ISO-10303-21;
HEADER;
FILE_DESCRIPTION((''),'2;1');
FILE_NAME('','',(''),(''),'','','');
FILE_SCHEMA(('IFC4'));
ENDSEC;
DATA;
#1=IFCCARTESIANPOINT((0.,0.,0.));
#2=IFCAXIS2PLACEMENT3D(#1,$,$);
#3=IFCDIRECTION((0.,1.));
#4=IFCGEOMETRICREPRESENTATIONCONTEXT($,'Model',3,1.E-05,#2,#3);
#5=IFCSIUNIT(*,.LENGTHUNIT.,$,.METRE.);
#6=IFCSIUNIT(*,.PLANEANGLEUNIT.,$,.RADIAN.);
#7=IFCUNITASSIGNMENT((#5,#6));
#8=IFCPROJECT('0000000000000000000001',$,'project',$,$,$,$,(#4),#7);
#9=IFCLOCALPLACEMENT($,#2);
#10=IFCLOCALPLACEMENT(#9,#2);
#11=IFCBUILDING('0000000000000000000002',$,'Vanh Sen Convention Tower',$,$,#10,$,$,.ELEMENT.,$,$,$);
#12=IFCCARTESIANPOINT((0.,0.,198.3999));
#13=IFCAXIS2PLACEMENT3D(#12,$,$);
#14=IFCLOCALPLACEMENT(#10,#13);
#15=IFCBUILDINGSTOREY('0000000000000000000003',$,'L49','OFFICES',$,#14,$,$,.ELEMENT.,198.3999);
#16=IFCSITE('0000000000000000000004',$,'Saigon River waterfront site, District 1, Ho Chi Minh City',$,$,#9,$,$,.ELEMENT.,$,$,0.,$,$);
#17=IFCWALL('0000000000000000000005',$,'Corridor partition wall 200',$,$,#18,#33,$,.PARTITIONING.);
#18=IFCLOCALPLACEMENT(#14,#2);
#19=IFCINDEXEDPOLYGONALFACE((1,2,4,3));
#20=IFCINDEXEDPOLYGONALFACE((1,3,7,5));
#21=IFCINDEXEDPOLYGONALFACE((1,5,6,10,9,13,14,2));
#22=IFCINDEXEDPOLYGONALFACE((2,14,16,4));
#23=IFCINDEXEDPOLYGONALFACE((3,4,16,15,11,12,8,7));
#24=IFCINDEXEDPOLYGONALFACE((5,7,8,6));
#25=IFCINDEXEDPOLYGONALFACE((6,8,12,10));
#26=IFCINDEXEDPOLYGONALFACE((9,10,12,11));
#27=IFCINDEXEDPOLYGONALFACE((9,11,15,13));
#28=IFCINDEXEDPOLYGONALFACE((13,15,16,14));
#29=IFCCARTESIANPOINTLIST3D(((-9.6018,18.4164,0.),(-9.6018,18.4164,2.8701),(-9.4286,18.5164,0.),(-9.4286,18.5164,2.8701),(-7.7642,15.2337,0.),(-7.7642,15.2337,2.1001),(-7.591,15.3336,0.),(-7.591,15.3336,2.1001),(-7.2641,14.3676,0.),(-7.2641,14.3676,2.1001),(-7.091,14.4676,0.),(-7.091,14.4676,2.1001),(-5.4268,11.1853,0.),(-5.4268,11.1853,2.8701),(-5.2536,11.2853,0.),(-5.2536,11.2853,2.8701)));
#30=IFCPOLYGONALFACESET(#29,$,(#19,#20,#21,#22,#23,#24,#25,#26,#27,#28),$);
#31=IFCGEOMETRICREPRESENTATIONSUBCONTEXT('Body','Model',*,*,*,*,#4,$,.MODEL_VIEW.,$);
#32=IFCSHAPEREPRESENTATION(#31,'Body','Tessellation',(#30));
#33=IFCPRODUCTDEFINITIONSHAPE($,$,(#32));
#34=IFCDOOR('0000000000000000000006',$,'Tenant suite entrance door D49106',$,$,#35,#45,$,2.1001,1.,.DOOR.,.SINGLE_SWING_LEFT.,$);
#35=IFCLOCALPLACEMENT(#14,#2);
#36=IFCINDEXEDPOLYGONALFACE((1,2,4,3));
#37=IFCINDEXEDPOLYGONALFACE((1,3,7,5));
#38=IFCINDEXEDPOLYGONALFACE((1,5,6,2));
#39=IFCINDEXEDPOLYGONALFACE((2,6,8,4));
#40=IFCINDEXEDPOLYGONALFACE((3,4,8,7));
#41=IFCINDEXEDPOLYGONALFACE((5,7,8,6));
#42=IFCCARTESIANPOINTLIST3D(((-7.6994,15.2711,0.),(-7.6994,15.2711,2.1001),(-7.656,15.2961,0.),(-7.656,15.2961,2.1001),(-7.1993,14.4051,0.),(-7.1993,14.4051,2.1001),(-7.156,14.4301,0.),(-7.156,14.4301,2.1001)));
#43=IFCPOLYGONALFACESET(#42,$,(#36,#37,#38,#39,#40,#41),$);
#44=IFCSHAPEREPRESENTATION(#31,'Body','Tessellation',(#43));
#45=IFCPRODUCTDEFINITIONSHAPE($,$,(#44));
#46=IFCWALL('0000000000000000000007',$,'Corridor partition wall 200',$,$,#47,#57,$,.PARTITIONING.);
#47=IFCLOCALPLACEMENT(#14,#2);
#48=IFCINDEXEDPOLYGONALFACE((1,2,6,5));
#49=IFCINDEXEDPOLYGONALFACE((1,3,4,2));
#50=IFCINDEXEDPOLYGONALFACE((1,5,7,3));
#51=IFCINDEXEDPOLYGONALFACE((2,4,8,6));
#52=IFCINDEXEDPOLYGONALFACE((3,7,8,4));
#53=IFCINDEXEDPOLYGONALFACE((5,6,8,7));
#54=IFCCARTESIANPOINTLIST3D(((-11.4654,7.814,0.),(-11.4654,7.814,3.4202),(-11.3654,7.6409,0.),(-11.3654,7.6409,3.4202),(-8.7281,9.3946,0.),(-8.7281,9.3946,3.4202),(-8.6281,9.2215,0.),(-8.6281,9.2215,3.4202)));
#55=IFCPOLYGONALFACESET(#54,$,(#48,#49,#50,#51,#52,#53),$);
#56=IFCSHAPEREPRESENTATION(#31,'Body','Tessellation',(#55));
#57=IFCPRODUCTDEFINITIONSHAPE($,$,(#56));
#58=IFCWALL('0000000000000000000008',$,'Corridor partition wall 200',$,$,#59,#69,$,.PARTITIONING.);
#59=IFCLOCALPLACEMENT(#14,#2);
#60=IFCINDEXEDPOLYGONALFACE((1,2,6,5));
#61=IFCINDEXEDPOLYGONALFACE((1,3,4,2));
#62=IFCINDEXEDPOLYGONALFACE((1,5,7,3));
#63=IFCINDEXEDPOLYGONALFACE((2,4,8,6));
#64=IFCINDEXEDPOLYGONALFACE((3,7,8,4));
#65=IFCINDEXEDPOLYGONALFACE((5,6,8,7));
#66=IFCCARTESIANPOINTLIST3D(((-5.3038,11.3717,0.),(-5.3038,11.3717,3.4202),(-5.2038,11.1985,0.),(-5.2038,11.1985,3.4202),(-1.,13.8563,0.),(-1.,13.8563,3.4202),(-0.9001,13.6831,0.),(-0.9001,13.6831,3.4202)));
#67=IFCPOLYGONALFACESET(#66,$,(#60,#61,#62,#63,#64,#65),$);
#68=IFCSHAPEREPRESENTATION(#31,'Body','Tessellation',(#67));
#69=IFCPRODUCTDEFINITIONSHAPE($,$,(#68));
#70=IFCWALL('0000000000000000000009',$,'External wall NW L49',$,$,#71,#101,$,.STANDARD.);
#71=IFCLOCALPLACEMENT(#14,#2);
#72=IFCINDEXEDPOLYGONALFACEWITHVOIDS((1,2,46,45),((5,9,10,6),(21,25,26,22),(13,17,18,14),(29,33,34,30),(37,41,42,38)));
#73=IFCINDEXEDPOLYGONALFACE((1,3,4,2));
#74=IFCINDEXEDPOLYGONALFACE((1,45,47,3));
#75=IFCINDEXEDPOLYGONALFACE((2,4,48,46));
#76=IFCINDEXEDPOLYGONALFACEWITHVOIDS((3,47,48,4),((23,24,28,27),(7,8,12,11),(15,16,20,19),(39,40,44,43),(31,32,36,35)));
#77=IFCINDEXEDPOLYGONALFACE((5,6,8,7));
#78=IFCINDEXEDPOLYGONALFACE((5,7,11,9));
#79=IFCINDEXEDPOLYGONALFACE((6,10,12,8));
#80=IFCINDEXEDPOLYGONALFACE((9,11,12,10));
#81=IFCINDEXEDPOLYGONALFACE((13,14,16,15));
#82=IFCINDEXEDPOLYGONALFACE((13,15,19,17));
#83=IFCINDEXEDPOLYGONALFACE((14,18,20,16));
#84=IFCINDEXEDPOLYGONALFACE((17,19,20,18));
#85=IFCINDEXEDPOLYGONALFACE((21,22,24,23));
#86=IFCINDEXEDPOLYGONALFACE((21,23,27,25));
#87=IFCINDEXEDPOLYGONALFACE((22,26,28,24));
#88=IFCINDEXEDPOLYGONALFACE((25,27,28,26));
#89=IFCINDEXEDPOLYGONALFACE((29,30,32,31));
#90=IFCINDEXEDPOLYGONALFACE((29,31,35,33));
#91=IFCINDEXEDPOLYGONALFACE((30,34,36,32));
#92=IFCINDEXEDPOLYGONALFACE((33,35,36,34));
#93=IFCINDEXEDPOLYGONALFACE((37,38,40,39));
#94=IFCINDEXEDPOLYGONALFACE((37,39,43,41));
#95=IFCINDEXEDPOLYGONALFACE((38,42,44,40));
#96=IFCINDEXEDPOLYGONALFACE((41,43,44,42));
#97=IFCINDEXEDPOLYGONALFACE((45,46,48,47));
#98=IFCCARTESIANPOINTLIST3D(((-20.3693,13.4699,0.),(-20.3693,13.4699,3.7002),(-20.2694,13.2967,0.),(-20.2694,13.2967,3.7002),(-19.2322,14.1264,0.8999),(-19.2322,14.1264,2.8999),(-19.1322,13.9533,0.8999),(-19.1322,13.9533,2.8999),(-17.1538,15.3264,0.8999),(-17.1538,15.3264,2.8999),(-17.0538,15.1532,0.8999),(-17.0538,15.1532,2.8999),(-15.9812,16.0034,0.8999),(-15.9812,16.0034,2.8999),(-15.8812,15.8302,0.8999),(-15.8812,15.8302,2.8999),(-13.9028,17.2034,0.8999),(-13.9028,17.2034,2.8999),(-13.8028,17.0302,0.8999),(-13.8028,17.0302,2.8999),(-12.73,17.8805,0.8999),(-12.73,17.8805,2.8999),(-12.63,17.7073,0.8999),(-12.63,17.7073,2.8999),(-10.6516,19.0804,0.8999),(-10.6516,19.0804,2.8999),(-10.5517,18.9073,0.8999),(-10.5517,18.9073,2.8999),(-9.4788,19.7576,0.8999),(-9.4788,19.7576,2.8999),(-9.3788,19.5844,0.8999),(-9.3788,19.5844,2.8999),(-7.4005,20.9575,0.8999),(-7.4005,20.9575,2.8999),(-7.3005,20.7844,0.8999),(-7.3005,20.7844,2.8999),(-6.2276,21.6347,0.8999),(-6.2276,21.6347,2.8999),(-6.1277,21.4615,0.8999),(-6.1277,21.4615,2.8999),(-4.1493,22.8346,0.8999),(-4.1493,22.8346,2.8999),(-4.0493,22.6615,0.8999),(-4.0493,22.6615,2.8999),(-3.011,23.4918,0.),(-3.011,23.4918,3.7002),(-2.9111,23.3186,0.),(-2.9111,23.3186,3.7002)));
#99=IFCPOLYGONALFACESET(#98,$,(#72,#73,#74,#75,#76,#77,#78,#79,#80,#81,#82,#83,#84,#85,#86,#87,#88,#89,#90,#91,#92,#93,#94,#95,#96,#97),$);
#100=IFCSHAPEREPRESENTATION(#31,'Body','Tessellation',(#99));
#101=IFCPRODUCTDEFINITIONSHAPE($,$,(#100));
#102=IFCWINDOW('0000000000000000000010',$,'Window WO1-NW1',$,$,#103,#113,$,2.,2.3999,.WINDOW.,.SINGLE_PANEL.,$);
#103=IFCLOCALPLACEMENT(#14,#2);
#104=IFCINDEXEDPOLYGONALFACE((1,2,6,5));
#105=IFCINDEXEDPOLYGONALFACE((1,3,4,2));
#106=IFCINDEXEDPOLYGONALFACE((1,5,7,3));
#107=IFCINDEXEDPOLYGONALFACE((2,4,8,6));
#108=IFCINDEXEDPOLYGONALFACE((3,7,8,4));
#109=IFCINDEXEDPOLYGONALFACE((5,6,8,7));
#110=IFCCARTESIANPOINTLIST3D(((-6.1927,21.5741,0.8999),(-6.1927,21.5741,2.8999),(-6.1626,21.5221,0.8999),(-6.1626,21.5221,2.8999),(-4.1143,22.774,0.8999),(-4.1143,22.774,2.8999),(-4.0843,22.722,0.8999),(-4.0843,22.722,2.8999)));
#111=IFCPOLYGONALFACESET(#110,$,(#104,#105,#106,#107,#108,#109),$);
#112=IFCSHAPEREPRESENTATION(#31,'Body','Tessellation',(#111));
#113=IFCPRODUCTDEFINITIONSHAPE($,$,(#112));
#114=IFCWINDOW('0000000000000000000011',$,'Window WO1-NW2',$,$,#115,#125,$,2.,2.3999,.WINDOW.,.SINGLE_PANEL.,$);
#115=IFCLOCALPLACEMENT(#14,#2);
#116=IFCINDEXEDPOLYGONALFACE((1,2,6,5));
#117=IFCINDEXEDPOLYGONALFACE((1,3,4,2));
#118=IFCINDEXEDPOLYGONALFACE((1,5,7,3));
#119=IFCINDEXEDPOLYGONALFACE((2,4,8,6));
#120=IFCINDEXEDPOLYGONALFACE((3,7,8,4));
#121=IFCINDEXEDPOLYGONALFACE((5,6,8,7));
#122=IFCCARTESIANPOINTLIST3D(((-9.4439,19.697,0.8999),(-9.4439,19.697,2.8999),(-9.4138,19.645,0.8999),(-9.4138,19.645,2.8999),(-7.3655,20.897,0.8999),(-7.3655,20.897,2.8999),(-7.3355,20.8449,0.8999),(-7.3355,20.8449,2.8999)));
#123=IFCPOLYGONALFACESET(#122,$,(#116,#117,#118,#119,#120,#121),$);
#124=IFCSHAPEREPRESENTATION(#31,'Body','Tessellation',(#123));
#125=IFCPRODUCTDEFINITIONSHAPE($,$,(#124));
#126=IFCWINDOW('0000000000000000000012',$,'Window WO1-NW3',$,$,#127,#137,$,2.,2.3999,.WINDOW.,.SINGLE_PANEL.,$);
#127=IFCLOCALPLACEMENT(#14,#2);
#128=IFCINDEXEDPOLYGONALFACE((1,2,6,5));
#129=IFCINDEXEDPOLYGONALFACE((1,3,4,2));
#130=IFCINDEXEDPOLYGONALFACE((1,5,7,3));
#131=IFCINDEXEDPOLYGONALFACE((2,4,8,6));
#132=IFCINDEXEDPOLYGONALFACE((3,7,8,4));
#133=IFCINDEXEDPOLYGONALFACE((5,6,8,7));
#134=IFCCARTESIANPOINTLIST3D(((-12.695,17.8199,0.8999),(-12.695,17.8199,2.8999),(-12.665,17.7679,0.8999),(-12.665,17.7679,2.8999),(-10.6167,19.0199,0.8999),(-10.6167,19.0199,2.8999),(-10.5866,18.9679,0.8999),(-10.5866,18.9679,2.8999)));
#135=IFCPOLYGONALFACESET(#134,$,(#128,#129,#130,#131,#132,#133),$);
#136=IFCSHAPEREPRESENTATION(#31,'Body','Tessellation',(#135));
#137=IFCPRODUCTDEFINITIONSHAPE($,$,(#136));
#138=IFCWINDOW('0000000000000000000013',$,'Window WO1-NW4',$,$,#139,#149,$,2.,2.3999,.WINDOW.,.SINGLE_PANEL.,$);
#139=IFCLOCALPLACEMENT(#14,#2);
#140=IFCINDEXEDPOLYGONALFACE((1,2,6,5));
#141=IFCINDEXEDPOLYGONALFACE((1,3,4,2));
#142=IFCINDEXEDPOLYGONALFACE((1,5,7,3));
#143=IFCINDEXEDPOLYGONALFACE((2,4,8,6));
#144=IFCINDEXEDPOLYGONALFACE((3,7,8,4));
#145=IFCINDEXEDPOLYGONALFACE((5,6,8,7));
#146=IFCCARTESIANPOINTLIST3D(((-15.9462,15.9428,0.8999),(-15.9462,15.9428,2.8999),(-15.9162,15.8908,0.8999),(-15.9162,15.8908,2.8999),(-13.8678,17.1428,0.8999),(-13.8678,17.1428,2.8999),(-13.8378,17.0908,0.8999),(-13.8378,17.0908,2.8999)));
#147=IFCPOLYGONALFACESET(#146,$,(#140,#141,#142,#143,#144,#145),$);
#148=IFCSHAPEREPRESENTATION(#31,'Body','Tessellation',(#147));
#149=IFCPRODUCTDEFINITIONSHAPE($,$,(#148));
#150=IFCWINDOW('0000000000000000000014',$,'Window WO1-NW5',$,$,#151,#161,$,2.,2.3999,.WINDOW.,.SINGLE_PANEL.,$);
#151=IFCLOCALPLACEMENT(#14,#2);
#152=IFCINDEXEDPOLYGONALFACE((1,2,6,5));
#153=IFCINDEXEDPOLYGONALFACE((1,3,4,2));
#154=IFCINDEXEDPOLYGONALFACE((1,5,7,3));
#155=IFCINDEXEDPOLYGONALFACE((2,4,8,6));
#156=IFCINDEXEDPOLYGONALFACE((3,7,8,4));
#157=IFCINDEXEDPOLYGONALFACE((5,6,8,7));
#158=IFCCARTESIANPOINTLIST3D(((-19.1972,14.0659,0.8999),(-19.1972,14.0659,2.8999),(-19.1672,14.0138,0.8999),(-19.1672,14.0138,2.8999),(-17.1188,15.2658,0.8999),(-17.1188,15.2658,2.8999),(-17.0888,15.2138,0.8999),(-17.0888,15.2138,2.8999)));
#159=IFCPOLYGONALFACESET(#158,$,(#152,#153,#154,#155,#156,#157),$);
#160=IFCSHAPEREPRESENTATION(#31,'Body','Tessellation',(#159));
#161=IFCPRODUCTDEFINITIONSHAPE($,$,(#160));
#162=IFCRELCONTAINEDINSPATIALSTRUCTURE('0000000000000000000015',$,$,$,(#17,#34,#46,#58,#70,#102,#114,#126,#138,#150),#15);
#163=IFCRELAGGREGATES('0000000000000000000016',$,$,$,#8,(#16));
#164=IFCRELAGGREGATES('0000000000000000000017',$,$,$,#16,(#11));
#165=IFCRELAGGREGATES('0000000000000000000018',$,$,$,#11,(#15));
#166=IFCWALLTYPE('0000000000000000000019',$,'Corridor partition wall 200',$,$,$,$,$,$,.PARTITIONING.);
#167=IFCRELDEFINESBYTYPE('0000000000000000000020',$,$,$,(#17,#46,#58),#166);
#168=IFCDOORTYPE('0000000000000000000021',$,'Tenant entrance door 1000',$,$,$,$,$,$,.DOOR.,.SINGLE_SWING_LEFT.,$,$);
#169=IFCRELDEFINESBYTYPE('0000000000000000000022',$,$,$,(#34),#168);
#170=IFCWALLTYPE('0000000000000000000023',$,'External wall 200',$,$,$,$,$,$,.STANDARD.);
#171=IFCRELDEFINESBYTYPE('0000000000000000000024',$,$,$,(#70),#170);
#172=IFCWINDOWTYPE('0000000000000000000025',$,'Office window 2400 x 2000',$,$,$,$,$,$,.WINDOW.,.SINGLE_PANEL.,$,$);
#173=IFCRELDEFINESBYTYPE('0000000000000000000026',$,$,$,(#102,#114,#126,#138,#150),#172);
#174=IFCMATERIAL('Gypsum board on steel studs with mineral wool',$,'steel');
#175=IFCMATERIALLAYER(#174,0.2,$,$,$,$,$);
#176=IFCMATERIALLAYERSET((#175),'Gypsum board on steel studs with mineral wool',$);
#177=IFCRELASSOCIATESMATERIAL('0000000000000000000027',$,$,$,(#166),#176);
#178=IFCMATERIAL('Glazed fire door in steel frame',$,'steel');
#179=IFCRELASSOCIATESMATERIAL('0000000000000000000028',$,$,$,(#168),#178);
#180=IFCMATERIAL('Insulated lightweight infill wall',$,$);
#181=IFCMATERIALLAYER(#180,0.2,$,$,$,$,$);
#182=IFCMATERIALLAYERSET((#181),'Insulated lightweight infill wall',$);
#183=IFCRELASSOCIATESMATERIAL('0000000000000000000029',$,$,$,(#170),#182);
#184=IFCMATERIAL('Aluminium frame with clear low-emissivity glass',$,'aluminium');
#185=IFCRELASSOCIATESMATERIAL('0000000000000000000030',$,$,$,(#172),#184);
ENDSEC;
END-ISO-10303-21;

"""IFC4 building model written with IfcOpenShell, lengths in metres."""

from ifc_helpers import new_model, si_unit, direction, frame, frame_2d, origin, place, context, subcontext, project, spatial, rectangle, extrude, material, layer, layer_set, type_object, element, fill, save


model = new_model("IFC4")

# Units and contexts
model_context = context("Model", 3, precision=1e-05, world=origin(), true_north=direction((0.0, 1.0)))
body_context = subcontext(model_context, "Body", "Model", "MODEL_VIEW")
ifc_project = project(units=[si_unit("LENGTHUNIT", "METRE"), si_unit("PLANEANGLEUNIT", "RADIAN")], contexts=[model_context])

# Site, building, storey
site_placement = place(None, origin())
site = spatial("IfcSite", under=ifc_project, at=site_placement, Name="Saigon River waterfront site, District 1, Ho Chi Minh City", CompositionType="ELEMENT", RefElevation=0.0)
building_placement = place(site_placement, origin())
building = spatial("IfcBuilding", under=site, at=building_placement, Name="Vanh Sen Convention Tower", CompositionType="ELEMENT")
storey_placement = place(building_placement, frame((0.0, 0.0, 198.3999)))
storey = spatial("IfcBuildingStorey", under=building, at=storey_placement, Name="L49", Description="OFFICES", CompositionType="ELEMENT", Elevation=198.3999)

# Wall, opening, door
ifc_material_1 = material(Name="Gypsum board on steel studs with mineral wool", Category="steel")
ifc_layer_1 = layer(ifc_material_1, 0.2)
ifc_layer_set_1 = layer_set([ifc_layer_1], Name="Gypsum board on steel studs with mineral wool")
wall_type_1 = type_object("IfcWallType", Name="Corridor partition wall 200", PredefinedType="PARTITIONING", material=ifc_layer_set_1)
wall_1_placement = place(storey_placement, frame((-9.5151, 18.4663, 0.0), z_axis=(0.0, 0.0, 1.0), x_axis=(0.50001, -0.86602, 0.0)))
wall_1 = element("IfcWall", 1, at=wall_1_placement, inside=storey, type_object=wall_type_1, Name="Corridor partition wall 200", PredefinedType="PARTITIONING", context=body_context, shape_type="SweptSolid", body=[
    extrude(rectangle(XDim=8.3499, YDim=0.2, at=frame_2d((4.1748, 0.0))), origin(), (0.0, 0.0, 1.0), 2.8701),
])
opening_1_placement = place(wall_1_placement, frame((3.675, 0.0, 0.0)))
opening_1 = element("IfcOpeningElement", 2, at=opening_1_placement, cuts=wall_1, PredefinedType="OPENING", context=body_context, shape_type="SweptSolid", body=[
    extrude(rectangle(XDim=1.0, YDim=2.1001, at=frame_2d((0.5, 1.05))), frame((0.0, 0.1099, 0.0), z_axis=(0.0, -1.0, 0.0), x_axis=(1.0, 0.0, 0.0)), (0.0, 0.0, 1.0), 0.22),
])
ifc_material_2 = material(Name="Glazed fire door in steel frame", Category="steel")
door_type = type_object("IfcDoorType", Name="Tenant entrance door 1000", OperationType="SINGLE_SWING_LEFT", PredefinedType="DOOR", material=ifc_material_2)
door_placement = place(opening_1_placement, origin())
door = element("IfcDoor", 3, at=door_placement, inside=storey, type_object=door_type, Name="Tenant suite entrance door D49106", OperationType="SINGLE_SWING_LEFT", OverallHeight=2.1001, OverallWidth=1.0, PredefinedType="DOOR", context=body_context, shape_type="SweptSolid", body=[
    extrude(rectangle(XDim=1.0, YDim=2.1001, at=frame_2d((0.5, 1.05))), frame((0.0, 0.0249, 0.0), z_axis=(0.0, -1.0, 0.0), x_axis=(1.0, 0.0, 0.0)), (0.0, 0.0, 1.0), 0.05),
])
fill(opening_1, door)

# Walls
wall_2_placement = place(storey_placement, frame((-8.678, 9.3081, 0.0), z_axis=(0.0, 0.0, 1.0), x_axis=(-0.866, -0.500043, 0.0)))
element("IfcWall", 4, at=wall_2_placement, inside=storey, type_object=wall_type_1, Name="Corridor partition wall 200", PredefinedType="PARTITIONING", context=body_context, shape_type="SweptSolid", body=[
    extrude(rectangle(XDim=3.1609, YDim=0.2, at=frame_2d((1.5806, 0.0))), origin(), (0.0, 0.0, 1.0), 3.4202),
])
wall_3_placement = place(storey_placement, frame((-0.95, 13.7698, 0.0), z_axis=(0.0, 0.0, 1.0), x_axis=(-0.866037, -0.49998, 0.0)))
element("IfcWall", 5, at=wall_3_placement, inside=storey, type_object=wall_type_1, Name="Corridor partition wall 200", PredefinedType="PARTITIONING", context=body_context, shape_type="SweptSolid", body=[
    extrude(rectangle(XDim=4.9695, YDim=0.2, at=frame_2d((2.4849, 0.0))), origin(), (0.0, 0.0, 1.0), 3.4202),
])

# Wall, openings, windows
ifc_material_3 = material(Name="Insulated lightweight infill wall")
ifc_layer_2 = layer(ifc_material_3, 0.2)
ifc_layer_set_2 = layer_set([ifc_layer_2], Name="Insulated lightweight infill wall")
wall_type_2 = type_object("IfcWallType", Name="External wall 200", PredefinedType="STANDARD", material=ifc_layer_set_2)
wall_4_placement = place(storey_placement, frame((-2.9609, 23.4053, 0.0), z_axis=(0.0, 0.0, 1.0), x_axis=(-0.866023, -0.500004, 0.0)))
wall_4 = element("IfcWall", 6, at=wall_4_placement, inside=storey, type_object=wall_type_2, Name="External wall NW L49", PredefinedType="STANDARD", context=body_context, shape_type="SweptSolid", body=[
    extrude(rectangle(XDim=20.0437, YDim=0.2, at=frame_2d((10.022, 0.0))), origin(), (0.0, 0.0, 1.0), 3.7002),
])
opening_2_placement = place(wall_4_placement, frame((1.3145, 0.0, 0.8999)))
opening_2 = element("IfcOpeningElement", 7, at=opening_2_placement, cuts=wall_4, PredefinedType="OPENING", context=body_context, shape_type="SweptSolid", body=[
    extrude(rectangle(XDim=2.3999, YDim=2.0, at=frame_2d((1.2, 1.0))), frame((0.0, 0.1099, 0.0), z_axis=(0.0, -1.0, 0.0), x_axis=(1.0, 0.0, 0.0)), (0.0, 0.0, 1.0), 0.22),
])
opening_3_placement = place(wall_4_placement, frame((5.0686, 0.0, 0.8999)))
opening_3 = element("IfcOpeningElement", 8, at=opening_3_placement, cuts=wall_4, PredefinedType="OPENING", context=body_context, shape_type="SweptSolid", body=[
    extrude(rectangle(XDim=2.3999, YDim=2.0, at=frame_2d((1.2, 1.0))), frame((0.0, 0.1099, 0.0), z_axis=(0.0, -1.0, 0.0), x_axis=(1.0, 0.0, 0.0)), (0.0, 0.0, 1.0), 0.22),
])
opening_4_placement = place(wall_4_placement, frame((8.8228, 0.0, 0.8999)))
opening_4 = element("IfcOpeningElement", 9, at=opening_4_placement, cuts=wall_4, PredefinedType="OPENING", context=body_context, shape_type="SweptSolid", body=[
    extrude(rectangle(XDim=2.3999, YDim=2.0, at=frame_2d((1.2, 1.0))), frame((0.0, 0.1099, 0.0), z_axis=(0.0, -1.0, 0.0), x_axis=(1.0, 0.0, 0.0)), (0.0, 0.0, 1.0), 0.22),
])
opening_5_placement = place(wall_4_placement, frame((12.5769, 0.0, 0.8999)))
opening_5 = element("IfcOpeningElement", 10, at=opening_5_placement, cuts=wall_4, PredefinedType="OPENING", context=body_context, shape_type="SweptSolid", body=[
    extrude(rectangle(XDim=2.3999, YDim=2.0, at=frame_2d((1.2, 1.0))), frame((0.0, 0.1099, 0.0), z_axis=(0.0, -1.0, 0.0), x_axis=(1.0, 0.0, 0.0)), (0.0, 0.0, 1.0), 0.22),
])
opening_6_placement = place(wall_4_placement, frame((16.3308, 0.0, 0.8999)))
opening_6 = element("IfcOpeningElement", 11, at=opening_6_placement, cuts=wall_4, PredefinedType="OPENING", context=body_context, shape_type="SweptSolid", body=[
    extrude(rectangle(XDim=2.3999, YDim=2.0, at=frame_2d((1.2, 1.0))), frame((0.0, 0.1099, 0.0), z_axis=(0.0, -1.0, 0.0), x_axis=(1.0, 0.0, 0.0)), (0.0, 0.0, 1.0), 0.22),
])
ifc_material_4 = material(Name="Aluminium frame with clear low-emissivity glass", Category="aluminium")
window_type = type_object("IfcWindowType", Name="Office window 2400 x 2000", PartitioningType="SINGLE_PANEL", PredefinedType="WINDOW", material=ifc_material_4)
window_1_placement = place(opening_2_placement, origin())
window_1 = element("IfcWindow", 12, at=window_1_placement, inside=storey, type_object=window_type, Name="Window WO1-NW1", OverallHeight=2.0, OverallWidth=2.3999, PartitioningType="SINGLE_PANEL", PredefinedType="WINDOW", context=body_context, shape_type="SweptSolid", body=[
    extrude(rectangle(XDim=2.3999, YDim=2.0, at=frame_2d((1.2, 1.0))), frame((0.0, 0.03, 0.0), z_axis=(0.0, -1.0, 0.0), x_axis=(1.0, 0.0, 0.0)), (0.0, 0.0, 1.0), 0.0601),
])
fill(opening_2, window_1)
window_2_placement = place(opening_3_placement, origin())
window_2 = element("IfcWindow", 13, at=window_2_placement, inside=storey, type_object=window_type, Name="Window WO1-NW2", OverallHeight=2.0, OverallWidth=2.3999, PartitioningType="SINGLE_PANEL", PredefinedType="WINDOW", context=body_context, shape_type="SweptSolid", body=[
    extrude(rectangle(XDim=2.3999, YDim=2.0, at=frame_2d((1.2, 1.0))), frame((0.0, 0.03, 0.0), z_axis=(0.0, -1.0, 0.0), x_axis=(1.0, 0.0, 0.0)), (0.0, 0.0, 1.0), 0.0601),
])
fill(opening_3, window_2)
window_3_placement = place(opening_4_placement, origin())
window_3 = element("IfcWindow", 14, at=window_3_placement, inside=storey, type_object=window_type, Name="Window WO1-NW3", OverallHeight=2.0, OverallWidth=2.3999, PartitioningType="SINGLE_PANEL", PredefinedType="WINDOW", context=body_context, shape_type="SweptSolid", body=[
    extrude(rectangle(XDim=2.3999, YDim=2.0, at=frame_2d((1.2, 1.0))), frame((0.0, 0.03, 0.0), z_axis=(0.0, -1.0, 0.0), x_axis=(1.0, 0.0, 0.0)), (0.0, 0.0, 1.0), 0.0601),
])
fill(opening_4, window_3)
window_4_placement = place(opening_5_placement, origin())
window_4 = element("IfcWindow", 15, at=window_4_placement, inside=storey, type_object=window_type, Name="Window WO1-NW4", OverallHeight=2.0, OverallWidth=2.3999, PartitioningType="SINGLE_PANEL", PredefinedType="WINDOW", context=body_context, shape_type="SweptSolid", body=[
    extrude(rectangle(XDim=2.3999, YDim=2.0, at=frame_2d((1.2, 1.0))), frame((0.0, 0.03, 0.0), z_axis=(0.0, -1.0, 0.0), x_axis=(1.0, 0.0, 0.0)), (0.0, 0.0, 1.0), 0.0601),
])
fill(opening_5, window_4)
window_5_placement = place(opening_6_placement, origin())
window_5 = element("IfcWindow", 16, at=window_5_placement, inside=storey, type_object=window_type, Name="Window WO1-NW5", OverallHeight=2.0, OverallWidth=2.3999, PartitioningType="SINGLE_PANEL", PredefinedType="WINDOW", context=body_context, shape_type="SweptSolid", body=[
    extrude(rectangle(XDim=2.3999, YDim=2.0, at=frame_2d((1.2, 1.0))), frame((0.0, 0.03, 0.0), z_axis=(0.0, -1.0, 0.0), x_axis=(1.0, 0.0, 0.0)), (0.0, 0.0, 1.0), 0.0601),
])
fill(opening_6, window_5)

save(model, "model.ifc")
